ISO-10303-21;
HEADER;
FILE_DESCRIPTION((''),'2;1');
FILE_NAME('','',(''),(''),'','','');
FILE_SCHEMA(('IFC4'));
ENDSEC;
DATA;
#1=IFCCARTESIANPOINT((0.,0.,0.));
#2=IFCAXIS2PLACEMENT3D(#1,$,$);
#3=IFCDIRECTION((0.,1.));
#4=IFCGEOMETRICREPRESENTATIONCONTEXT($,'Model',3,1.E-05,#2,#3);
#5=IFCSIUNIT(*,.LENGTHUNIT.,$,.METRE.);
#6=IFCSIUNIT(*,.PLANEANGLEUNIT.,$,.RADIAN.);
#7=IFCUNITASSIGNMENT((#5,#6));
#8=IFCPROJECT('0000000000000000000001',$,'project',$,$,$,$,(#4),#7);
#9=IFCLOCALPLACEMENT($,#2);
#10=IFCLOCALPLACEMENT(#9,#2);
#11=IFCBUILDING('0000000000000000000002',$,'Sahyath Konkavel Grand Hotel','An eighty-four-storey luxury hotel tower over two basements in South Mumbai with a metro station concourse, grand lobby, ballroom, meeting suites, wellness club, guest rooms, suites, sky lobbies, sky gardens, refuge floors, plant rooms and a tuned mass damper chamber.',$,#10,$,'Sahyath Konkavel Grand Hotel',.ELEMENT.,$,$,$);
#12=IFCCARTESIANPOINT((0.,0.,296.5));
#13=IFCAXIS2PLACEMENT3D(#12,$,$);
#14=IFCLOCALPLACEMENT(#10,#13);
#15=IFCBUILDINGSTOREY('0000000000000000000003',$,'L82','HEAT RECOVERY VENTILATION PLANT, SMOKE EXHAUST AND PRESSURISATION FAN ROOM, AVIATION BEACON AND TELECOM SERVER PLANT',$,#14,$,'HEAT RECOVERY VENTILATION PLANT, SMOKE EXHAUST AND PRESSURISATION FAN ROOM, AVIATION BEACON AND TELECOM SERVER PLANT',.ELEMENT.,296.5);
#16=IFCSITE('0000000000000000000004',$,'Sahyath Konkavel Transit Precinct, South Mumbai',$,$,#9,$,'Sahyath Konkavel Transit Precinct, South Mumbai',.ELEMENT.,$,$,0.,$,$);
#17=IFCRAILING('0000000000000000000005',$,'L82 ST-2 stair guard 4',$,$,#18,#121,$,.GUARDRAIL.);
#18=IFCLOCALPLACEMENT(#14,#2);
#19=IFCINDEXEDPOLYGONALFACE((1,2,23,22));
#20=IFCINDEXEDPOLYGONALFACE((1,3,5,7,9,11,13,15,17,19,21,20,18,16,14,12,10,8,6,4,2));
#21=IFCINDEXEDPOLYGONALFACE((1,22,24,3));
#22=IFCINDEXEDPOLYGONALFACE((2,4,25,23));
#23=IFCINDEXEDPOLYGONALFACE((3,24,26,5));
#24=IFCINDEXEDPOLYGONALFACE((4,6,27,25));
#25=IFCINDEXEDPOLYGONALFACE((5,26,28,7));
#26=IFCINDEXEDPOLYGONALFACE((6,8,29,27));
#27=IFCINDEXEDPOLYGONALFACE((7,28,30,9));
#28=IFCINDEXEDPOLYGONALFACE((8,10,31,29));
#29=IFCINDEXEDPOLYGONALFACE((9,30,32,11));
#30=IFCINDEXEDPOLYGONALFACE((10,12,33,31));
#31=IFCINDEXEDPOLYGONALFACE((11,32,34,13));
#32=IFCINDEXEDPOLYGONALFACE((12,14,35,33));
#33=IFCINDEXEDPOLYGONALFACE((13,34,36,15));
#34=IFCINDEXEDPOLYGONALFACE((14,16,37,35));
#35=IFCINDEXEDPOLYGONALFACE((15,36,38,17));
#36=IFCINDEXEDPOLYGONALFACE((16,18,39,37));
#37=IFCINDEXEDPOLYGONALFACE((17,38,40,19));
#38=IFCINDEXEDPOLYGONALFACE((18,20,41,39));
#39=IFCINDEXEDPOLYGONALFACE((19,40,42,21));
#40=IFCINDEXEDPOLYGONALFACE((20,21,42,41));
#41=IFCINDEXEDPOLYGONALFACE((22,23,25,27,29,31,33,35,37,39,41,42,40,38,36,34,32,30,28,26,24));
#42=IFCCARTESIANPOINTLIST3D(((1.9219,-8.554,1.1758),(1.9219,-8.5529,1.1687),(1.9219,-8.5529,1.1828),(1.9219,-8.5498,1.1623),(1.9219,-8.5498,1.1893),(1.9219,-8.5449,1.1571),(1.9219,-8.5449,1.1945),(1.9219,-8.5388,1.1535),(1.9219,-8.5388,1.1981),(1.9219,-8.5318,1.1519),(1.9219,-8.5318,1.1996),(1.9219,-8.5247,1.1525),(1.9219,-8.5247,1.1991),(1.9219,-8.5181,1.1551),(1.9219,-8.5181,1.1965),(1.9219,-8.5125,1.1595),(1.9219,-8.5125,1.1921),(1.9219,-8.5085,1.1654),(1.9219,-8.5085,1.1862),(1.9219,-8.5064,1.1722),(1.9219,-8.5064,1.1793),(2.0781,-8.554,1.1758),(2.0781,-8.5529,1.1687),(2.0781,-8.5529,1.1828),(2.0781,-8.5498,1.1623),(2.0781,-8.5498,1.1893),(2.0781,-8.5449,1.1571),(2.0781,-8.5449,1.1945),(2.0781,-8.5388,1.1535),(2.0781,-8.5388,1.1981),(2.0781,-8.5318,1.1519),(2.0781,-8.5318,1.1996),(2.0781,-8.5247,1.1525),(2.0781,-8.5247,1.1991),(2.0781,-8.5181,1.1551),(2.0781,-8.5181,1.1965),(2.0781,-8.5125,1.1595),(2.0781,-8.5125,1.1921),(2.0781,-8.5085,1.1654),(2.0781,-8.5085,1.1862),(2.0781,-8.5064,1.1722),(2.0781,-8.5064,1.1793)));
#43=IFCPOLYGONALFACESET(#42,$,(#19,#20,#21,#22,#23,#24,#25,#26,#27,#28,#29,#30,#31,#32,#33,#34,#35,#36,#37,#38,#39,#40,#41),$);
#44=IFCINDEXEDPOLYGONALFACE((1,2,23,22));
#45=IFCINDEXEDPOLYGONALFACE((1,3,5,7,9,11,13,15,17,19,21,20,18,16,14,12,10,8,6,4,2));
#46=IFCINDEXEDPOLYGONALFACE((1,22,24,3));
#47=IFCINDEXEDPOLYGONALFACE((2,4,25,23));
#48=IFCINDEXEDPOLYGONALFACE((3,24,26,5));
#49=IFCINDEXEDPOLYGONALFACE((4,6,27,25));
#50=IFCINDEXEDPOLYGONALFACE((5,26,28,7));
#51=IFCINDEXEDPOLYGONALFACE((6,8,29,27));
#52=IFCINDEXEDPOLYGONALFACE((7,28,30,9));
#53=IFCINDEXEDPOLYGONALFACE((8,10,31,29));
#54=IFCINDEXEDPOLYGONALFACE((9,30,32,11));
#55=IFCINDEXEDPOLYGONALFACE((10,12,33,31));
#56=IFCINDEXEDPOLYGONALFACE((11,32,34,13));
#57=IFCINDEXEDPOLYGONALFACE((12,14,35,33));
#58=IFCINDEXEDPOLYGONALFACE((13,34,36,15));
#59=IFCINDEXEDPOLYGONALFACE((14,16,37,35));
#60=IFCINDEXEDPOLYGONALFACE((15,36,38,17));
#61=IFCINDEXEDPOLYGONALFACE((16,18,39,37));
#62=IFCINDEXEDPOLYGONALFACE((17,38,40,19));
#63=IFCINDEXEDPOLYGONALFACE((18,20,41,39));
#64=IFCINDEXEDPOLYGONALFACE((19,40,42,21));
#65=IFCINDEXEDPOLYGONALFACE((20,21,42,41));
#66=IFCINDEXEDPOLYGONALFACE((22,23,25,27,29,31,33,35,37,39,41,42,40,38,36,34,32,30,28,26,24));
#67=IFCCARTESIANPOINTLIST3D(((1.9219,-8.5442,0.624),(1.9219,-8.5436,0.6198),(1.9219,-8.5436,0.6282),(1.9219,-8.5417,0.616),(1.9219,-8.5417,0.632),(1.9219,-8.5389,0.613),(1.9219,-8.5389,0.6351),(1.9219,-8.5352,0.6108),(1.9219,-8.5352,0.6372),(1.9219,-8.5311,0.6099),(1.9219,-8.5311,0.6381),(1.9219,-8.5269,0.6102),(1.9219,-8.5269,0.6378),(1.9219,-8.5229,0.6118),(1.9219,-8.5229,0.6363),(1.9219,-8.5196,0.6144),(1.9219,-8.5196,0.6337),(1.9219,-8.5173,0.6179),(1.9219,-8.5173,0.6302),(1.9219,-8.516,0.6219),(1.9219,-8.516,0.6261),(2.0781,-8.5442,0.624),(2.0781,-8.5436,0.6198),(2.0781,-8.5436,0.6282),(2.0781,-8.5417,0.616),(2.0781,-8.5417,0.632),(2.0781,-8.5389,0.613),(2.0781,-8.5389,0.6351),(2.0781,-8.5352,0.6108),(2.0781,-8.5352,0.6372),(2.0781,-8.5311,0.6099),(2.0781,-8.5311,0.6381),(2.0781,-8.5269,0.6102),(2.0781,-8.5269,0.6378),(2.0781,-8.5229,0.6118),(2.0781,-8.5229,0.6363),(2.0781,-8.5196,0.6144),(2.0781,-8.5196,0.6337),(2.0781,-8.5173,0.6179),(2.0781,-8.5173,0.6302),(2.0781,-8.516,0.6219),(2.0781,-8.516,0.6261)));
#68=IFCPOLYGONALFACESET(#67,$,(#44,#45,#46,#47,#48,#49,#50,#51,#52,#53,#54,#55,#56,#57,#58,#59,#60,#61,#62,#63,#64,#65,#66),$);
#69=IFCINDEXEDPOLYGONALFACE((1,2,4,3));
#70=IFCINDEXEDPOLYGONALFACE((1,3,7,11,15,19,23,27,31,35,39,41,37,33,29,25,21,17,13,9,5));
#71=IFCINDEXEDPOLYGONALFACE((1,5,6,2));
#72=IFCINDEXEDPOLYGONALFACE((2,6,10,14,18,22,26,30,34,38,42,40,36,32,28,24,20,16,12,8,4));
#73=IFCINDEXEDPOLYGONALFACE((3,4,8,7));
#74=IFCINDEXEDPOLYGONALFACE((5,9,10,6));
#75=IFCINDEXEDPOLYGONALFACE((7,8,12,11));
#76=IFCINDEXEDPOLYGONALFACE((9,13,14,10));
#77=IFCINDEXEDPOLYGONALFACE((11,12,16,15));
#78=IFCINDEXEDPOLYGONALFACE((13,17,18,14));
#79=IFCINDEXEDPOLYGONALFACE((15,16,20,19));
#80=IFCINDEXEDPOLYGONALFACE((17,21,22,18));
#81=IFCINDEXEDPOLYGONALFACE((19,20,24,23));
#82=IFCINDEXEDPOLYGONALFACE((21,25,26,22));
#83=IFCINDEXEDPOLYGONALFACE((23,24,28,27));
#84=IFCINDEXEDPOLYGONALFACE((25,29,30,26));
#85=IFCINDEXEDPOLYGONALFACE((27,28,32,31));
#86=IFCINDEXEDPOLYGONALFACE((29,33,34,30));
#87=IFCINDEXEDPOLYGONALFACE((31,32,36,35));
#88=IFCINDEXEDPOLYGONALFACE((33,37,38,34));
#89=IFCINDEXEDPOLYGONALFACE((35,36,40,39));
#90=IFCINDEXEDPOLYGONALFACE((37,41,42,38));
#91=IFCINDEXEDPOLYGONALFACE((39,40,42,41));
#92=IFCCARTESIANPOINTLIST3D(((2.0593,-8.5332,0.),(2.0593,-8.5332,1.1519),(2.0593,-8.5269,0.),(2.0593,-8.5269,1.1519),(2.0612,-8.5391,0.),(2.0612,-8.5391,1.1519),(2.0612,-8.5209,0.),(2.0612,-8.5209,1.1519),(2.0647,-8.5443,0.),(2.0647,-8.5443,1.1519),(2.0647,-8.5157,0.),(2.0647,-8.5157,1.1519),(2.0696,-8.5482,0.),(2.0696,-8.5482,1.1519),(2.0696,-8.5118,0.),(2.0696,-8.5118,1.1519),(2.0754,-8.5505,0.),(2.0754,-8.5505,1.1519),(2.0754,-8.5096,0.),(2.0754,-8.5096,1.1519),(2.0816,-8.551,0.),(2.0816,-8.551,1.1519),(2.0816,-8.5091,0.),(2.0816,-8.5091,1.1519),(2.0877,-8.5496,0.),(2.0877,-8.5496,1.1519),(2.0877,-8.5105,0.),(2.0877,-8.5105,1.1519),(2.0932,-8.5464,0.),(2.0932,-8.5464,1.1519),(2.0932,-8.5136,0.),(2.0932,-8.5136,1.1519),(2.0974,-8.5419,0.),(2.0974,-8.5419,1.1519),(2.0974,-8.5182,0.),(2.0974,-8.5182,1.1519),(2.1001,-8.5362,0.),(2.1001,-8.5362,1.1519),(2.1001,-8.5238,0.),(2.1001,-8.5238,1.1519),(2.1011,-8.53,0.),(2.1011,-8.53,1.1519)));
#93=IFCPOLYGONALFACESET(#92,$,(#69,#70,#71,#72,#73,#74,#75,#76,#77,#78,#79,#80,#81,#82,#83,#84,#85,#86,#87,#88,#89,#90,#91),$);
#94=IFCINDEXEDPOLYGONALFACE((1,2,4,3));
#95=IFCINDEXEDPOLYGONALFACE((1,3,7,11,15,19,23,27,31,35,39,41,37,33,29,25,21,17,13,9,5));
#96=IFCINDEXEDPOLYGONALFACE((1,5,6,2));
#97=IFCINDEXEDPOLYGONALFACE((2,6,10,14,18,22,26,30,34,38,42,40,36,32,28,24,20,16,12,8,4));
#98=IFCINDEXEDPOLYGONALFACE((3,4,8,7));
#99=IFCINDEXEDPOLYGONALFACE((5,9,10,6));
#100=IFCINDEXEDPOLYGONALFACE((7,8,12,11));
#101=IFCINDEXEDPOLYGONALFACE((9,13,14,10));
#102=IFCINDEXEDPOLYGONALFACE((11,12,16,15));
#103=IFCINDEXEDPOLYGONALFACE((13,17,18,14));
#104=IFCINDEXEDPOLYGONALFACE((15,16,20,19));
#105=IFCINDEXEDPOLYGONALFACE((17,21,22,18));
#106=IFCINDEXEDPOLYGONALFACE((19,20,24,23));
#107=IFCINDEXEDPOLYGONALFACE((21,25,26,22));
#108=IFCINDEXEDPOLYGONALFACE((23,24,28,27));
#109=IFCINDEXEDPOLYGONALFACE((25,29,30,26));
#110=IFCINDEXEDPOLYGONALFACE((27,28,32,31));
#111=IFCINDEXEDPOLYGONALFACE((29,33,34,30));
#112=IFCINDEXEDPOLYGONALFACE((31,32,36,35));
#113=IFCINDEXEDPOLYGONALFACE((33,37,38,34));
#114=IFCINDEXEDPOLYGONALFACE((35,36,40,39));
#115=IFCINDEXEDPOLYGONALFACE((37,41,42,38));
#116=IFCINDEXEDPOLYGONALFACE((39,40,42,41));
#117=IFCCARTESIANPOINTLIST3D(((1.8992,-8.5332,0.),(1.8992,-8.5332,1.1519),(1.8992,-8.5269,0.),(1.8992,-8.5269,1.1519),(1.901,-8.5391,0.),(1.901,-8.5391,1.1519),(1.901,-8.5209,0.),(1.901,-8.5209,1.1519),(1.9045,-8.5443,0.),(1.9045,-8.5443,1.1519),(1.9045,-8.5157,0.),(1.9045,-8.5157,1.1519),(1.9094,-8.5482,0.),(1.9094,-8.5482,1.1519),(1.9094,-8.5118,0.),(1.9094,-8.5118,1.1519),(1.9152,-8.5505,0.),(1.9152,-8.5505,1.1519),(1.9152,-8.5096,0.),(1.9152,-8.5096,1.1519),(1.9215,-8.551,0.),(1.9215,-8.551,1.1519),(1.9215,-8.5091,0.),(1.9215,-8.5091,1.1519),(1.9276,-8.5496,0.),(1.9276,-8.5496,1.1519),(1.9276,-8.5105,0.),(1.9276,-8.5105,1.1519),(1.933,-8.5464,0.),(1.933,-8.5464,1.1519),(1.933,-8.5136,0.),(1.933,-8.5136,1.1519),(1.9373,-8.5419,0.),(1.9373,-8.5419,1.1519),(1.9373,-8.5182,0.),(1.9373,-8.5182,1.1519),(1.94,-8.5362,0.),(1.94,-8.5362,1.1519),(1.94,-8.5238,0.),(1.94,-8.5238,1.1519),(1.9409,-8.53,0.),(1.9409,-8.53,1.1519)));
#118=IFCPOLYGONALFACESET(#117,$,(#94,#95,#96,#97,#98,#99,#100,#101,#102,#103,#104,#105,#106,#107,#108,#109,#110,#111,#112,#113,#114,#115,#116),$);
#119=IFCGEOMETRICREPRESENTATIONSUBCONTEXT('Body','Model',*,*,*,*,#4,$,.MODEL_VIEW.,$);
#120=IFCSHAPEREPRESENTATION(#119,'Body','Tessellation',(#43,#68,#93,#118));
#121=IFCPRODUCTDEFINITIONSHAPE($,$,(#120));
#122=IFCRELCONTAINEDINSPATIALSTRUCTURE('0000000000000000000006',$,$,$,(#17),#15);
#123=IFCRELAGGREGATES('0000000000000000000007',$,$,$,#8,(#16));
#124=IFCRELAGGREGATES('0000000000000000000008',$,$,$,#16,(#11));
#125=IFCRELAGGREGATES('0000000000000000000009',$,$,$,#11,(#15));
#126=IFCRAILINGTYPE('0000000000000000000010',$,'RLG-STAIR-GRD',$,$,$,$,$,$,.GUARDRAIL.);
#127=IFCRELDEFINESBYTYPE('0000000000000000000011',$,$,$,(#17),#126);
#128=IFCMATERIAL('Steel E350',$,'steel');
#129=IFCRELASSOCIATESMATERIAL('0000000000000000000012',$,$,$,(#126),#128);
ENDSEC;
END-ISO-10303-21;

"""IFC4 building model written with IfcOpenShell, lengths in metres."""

from ifc_helpers import new_model, si_unit, direction, frame, origin, origin_2d, place, context, subcontext, project, spatial, circle, extrude, material, type_object, element, save


model = new_model("IFC4")

# Units and contexts
model_context = context("Model", 3, precision=1e-05, world=origin(), true_north=direction((0.0, 1.0)))
body_context = subcontext(model_context, "Body", "Model", "MODEL_VIEW")
ifc_project = project(units=[si_unit("LENGTHUNIT", "METRE"), si_unit("PLANEANGLEUNIT", "RADIAN")], contexts=[model_context])

# Site, building, storey
site_placement = place(None, origin())
site = spatial("IfcSite", under=ifc_project, at=site_placement, Name="Sahyath Konkavel Transit Precinct, South Mumbai", LongName="Sahyath Konkavel Transit Precinct, South Mumbai", CompositionType="ELEMENT", RefElevation=0.0)
building_placement = place(site_placement, origin())
building = spatial("IfcBuilding", under=site, at=building_placement, Name="Sahyath Konkavel Grand Hotel", Description="An eighty-four-storey luxury hotel tower over two basements in South Mumbai with a metro station concourse, grand lobby, ballroom, meeting suites, wellness club, guest rooms, suites, sky lobbies, sky gardens, refuge floors, plant rooms and a tuned mass damper chamber.", LongName="Sahyath Konkavel Grand Hotel", CompositionType="ELEMENT")
storey_placement = place(building_placement, frame((0.0, 0.0, 296.5)))
storey = spatial("IfcBuildingStorey", under=building, at=storey_placement, Name="L82", Description="HEAT RECOVERY VENTILATION PLANT, SMOKE EXHAUST AND PRESSURISATION FAN ROOM, AVIATION BEACON AND TELECOM SERVER PLANT", LongName="HEAT RECOVERY VENTILATION PLANT, SMOKE EXHAUST AND PRESSURISATION FAN ROOM, AVIATION BEACON AND TELECOM SERVER PLANT", CompositionType="ELEMENT", Elevation=296.5)

# Shared definitions
ifc_material_1 = material(Name="Steel E350", Category="steel")

# Railing
railing_type_1 = type_object("IfcRailingType", Name="RLG-STAIR-GRD", PredefinedType="GUARDRAIL", material=ifc_material_1)
railing_1_placement = place(storey_placement, frame((2.0801, -8.53, 0.0)))
element("IfcRailing", 1, at=railing_1_placement, inside=storey, type_object=railing_type_1, Name="L82 ST-2 stair guard 4", PredefinedType="GUARDRAIL", context=body_context, shape_type="SweptSolid", body=[
    extrude(circle(Radius=0.0239, at=origin_2d()), frame((-0.002, 0.0, 1.1758), z_axis=(-1.0, 0.0, 0.0), x_axis=(0.0, -1.0, 0.0)), (0.0, 0.0, 1.0), 0.1562),
    extrude(circle(Radius=0.0142, at=origin_2d()), frame((-0.002, 0.0, 0.624), z_axis=(-1.0, 0.0, 0.0), x_axis=(0.0, -1.0, 0.0)), (0.0, 0.0, 1.0), 0.1562),
    extrude(circle(Radius=0.021, at=origin_2d()), origin(), (0.0, 0.0, 1.0), 1.1519),
    extrude(circle(Radius=0.021, at=origin_2d()), frame((-0.1602, 0.0, 0.0)), (0.0, 0.0, 1.0), 1.1519),
])

save(model, "model.ifc")
